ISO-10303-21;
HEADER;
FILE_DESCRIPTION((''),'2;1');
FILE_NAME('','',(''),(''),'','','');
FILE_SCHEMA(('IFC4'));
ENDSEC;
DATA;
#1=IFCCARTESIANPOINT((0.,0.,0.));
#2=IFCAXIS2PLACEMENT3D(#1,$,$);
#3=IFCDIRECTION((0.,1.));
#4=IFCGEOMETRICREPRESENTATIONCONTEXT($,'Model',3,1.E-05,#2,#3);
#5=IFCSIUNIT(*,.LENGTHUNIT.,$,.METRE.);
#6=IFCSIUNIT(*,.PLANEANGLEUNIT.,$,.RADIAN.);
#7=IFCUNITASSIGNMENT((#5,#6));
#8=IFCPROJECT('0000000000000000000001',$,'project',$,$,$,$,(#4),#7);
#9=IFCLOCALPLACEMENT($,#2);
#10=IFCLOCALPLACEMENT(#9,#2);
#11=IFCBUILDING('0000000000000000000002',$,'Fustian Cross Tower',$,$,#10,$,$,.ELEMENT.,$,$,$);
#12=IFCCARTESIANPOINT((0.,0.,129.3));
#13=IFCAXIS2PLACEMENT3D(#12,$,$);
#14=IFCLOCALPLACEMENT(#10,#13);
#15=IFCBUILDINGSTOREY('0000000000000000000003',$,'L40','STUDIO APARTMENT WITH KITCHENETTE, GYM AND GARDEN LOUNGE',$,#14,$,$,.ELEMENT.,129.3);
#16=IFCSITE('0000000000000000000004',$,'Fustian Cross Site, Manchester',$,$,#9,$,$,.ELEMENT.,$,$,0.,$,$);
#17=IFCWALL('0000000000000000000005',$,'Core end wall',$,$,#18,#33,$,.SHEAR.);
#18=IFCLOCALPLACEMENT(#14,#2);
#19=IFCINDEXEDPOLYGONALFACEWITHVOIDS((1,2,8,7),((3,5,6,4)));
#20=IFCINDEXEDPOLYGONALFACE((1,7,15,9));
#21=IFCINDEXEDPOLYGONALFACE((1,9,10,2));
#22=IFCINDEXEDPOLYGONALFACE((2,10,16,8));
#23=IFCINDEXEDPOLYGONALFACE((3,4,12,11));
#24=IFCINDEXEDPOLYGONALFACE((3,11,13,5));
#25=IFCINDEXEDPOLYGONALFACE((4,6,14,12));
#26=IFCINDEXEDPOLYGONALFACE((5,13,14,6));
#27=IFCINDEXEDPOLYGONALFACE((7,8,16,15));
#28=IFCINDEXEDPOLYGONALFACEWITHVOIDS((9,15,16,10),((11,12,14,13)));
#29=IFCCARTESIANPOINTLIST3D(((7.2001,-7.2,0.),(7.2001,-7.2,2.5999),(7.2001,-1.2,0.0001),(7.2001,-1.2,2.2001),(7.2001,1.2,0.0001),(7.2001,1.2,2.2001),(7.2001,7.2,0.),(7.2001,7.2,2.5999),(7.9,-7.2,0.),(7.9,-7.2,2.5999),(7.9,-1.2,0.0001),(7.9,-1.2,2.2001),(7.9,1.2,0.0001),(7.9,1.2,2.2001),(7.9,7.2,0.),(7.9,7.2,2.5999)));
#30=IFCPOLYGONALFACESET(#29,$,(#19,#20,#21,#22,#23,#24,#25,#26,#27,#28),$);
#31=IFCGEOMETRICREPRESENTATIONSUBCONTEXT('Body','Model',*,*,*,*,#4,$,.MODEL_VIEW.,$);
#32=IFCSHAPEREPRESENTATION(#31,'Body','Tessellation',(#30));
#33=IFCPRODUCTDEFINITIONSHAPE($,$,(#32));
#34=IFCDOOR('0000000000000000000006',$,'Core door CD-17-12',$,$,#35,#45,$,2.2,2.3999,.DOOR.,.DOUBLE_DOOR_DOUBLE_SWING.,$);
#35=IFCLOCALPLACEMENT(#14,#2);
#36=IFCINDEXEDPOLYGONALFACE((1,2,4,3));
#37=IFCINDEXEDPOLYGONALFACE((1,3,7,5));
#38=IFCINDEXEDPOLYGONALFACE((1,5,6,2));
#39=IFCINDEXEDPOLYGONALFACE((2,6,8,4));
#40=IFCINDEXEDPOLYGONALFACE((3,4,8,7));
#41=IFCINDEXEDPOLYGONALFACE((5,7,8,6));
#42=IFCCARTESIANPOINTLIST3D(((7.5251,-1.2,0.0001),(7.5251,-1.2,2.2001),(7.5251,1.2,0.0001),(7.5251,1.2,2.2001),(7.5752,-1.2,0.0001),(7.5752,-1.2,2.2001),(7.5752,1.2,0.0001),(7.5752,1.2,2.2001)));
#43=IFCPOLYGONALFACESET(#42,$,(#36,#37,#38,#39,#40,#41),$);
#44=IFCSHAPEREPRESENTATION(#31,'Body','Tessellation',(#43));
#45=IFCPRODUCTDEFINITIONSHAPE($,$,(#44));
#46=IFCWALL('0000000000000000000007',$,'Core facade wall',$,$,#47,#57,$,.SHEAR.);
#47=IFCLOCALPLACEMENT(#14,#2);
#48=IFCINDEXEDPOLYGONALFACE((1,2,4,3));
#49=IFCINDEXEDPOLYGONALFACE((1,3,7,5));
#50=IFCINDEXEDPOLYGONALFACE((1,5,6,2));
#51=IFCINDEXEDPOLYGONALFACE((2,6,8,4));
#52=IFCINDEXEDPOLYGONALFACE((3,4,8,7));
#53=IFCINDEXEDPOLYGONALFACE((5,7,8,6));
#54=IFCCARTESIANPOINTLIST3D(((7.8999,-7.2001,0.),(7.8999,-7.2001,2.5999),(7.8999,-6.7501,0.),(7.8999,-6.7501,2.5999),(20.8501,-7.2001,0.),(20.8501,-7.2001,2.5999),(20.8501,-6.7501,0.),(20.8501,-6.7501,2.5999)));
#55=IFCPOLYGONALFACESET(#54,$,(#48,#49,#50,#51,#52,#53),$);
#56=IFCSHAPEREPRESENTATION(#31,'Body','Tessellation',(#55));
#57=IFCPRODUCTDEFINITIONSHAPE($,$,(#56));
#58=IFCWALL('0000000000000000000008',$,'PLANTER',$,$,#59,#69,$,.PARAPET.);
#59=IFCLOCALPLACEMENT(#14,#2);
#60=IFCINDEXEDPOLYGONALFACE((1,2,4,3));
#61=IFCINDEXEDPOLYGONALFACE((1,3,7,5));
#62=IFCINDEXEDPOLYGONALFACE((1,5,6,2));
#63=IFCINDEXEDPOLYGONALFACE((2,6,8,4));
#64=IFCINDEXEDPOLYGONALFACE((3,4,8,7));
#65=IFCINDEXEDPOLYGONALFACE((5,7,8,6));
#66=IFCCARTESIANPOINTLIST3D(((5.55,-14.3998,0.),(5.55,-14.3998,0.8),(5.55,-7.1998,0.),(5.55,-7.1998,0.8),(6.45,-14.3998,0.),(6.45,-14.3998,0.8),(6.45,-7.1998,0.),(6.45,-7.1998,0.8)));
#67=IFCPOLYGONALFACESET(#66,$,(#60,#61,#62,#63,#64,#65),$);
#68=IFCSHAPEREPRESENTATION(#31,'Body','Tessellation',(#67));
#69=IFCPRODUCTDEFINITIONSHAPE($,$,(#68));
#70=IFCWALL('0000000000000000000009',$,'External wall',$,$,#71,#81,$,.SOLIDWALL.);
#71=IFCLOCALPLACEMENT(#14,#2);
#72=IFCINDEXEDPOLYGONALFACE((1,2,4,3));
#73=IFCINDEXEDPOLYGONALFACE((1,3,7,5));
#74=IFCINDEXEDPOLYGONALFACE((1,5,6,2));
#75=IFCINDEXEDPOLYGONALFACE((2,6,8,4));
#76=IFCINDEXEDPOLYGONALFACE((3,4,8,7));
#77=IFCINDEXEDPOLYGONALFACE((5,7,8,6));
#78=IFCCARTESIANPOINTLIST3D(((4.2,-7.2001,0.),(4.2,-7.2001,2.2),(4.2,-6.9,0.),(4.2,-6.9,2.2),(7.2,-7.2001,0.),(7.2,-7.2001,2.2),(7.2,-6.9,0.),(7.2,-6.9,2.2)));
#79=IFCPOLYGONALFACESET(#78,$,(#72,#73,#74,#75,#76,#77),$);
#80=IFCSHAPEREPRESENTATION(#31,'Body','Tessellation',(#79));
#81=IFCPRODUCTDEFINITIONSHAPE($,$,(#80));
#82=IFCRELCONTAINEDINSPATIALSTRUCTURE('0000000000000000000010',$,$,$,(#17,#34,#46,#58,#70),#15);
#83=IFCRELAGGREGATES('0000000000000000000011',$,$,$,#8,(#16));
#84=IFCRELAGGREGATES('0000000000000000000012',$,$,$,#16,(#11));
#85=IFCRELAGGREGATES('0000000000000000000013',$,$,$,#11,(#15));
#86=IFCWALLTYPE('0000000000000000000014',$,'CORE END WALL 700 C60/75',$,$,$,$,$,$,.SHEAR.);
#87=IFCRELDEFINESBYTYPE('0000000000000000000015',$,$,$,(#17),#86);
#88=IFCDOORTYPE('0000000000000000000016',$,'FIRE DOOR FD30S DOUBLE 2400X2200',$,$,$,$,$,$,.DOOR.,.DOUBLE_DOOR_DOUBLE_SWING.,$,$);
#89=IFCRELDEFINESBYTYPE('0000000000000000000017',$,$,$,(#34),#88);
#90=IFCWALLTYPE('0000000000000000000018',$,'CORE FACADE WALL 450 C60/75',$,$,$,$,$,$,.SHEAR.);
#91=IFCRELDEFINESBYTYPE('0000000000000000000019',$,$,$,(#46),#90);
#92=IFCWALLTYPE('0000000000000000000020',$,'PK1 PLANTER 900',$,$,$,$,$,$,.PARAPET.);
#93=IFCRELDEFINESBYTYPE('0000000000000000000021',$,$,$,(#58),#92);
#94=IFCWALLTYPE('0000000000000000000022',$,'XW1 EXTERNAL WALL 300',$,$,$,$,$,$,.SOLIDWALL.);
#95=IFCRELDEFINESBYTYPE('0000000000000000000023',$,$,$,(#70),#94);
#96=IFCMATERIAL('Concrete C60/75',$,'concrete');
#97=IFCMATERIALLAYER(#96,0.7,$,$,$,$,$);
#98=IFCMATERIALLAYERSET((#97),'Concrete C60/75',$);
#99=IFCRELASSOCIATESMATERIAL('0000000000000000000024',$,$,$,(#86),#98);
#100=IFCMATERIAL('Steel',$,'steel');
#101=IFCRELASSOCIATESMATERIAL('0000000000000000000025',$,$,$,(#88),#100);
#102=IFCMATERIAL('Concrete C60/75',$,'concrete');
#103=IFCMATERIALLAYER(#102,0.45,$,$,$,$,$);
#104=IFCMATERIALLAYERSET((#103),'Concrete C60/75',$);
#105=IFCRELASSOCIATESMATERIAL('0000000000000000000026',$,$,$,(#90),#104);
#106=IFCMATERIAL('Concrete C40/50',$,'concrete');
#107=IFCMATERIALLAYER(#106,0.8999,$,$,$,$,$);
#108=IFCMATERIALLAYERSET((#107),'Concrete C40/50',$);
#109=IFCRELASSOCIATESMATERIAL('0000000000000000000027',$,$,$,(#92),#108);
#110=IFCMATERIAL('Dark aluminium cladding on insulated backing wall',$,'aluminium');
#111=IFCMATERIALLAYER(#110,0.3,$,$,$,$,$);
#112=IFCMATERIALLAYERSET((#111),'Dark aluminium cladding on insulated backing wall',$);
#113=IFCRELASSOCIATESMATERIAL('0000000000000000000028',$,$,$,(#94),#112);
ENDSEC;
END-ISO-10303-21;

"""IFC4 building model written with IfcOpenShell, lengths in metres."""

from ifc_helpers import new_model, si_unit, direction, frame, frame_2d, origin, place, context, subcontext, project, spatial, rectangle, extrude, material, layer, layer_set, type_object, element, fill, save


model = new_model("IFC4")

# Units and contexts
model_context = context("Model", 3, precision=1e-05, world=origin(), true_north=direction((0.0, 1.0)))
body_context = subcontext(model_context, "Body", "Model", "MODEL_VIEW")
ifc_project = project(units=[si_unit("LENGTHUNIT", "METRE"), si_unit("PLANEANGLEUNIT", "RADIAN")], contexts=[model_context])

# Site, building, storey
site_placement = place(None, origin())
site = spatial("IfcSite", under=ifc_project, at=site_placement, Name="Fustian Cross Site, Manchester", CompositionType="ELEMENT", RefElevation=0.0)
building_placement = place(site_placement, origin())
building = spatial("IfcBuilding", under=site, at=building_placement, Name="Fustian Cross Tower", CompositionType="ELEMENT")
storey_placement = place(building_placement, frame((0.0, 0.0, 129.3)))
storey = spatial("IfcBuildingStorey", under=building, at=storey_placement, Name="L40", Description="STUDIO APARTMENT WITH KITCHENETTE, GYM AND GARDEN LOUNGE", CompositionType="ELEMENT", Elevation=129.3)

# Wall, opening, door
ifc_material_1 = material(Name="Concrete C60/75", Category="concrete")
ifc_layer_1 = layer(ifc_material_1, 0.7)
ifc_layer_set_1 = layer_set([ifc_layer_1], Name="Concrete C60/75")
wall_type_1 = type_object("IfcWallType", Name="CORE END WALL 700 C60/75", PredefinedType="SHEAR", material=ifc_layer_set_1)
wall_1_placement = place(storey_placement, frame((7.55, -7.2, 0.0), z_axis=(0.0, 0.0, 1.0), x_axis=(0.0, 1.0, 0.0)))
wall_1 = element("IfcWall", 1, at=wall_1_placement, inside=storey, type_object=wall_type_1, Name="Core end wall", PredefinedType="SHEAR", context=body_context, shape_type="SweptSolid", body=[
    extrude(rectangle(XDim=14.3999, YDim=0.7, at=frame_2d((7.2, 0.0))), origin(), (0.0, 0.0, 1.0), 2.5999),
])
opening_placement = place(wall_1_placement, frame((6.0, 0.0, 0.0)))
opening = element("IfcOpeningElement", 2, at=opening_placement, cuts=wall_1, PredefinedType="OPENING", context=body_context, shape_type="SweptSolid", body=[
    extrude(rectangle(XDim=2.3999, YDim=2.2, at=frame_2d((1.2, 1.1001))), frame((0.0, 0.3599, 0.0), z_axis=(0.0, -1.0, 0.0), x_axis=(1.0, 0.0, 0.0)), (0.0, 0.0, 1.0), 0.72),
])
ifc_material_2 = material(Name="Steel", Category="steel")
door_type = type_object("IfcDoorType", Name="FIRE DOOR FD30S DOUBLE 2400X2200", OperationType="DOUBLE_DOOR_DOUBLE_SWING", PredefinedType="DOOR", material=ifc_material_2)
door_placement = place(opening_placement, origin())
door = element("IfcDoor", 3, at=door_placement, inside=storey, type_object=door_type, Name="Core door CD-17-12", OperationType="DOUBLE_DOOR_DOUBLE_SWING", OverallHeight=2.2, OverallWidth=2.3999, PredefinedType="DOOR", context=body_context, shape_type="SweptSolid", body=[
    extrude(rectangle(XDim=2.3999, YDim=2.2, at=frame_2d((1.2, 1.1001))), frame((0.0, 0.0249, 0.0), z_axis=(0.0, -1.0, 0.0), x_axis=(1.0, 0.0, 0.0)), (0.0, 0.0, 1.0), 0.05),
])
fill(opening, door)

# Walls
ifc_material_3 = material(Name="Concrete C60/75", Category="concrete")
ifc_layer_2 = layer(ifc_material_3, 0.45)
ifc_layer_set_2 = layer_set([ifc_layer_2], Name="Concrete C60/75")
wall_type_2 = type_object("IfcWallType", Name="CORE FACADE WALL 450 C60/75", PredefinedType="SHEAR", material=ifc_layer_set_2)
wall_2_placement = place(storey_placement, frame((7.8999, -6.9751, 0.0), z_axis=(0.0, 0.0, 1.0), x_axis=(1.0, 0.0, 0.0)))
element("IfcWall", 4, at=wall_2_placement, inside=storey, type_object=wall_type_2, Name="Core facade wall", PredefinedType="SHEAR", context=body_context, shape_type="SweptSolid", body=[
    extrude(rectangle(XDim=12.9502, YDim=0.45, at=frame_2d((6.4751, 0.0))), origin(), (0.0, 0.0, 1.0), 2.5999),
])
ifc_material_4 = material(Name="Concrete C40/50", Category="concrete")
ifc_layer_3 = layer(ifc_material_4, 0.8999)
ifc_layer_set_3 = layer_set([ifc_layer_3], Name="Concrete C40/50")
wall_type_3 = type_object("IfcWallType", Name="PK1 PLANTER 900", PredefinedType="PARAPET", material=ifc_layer_set_3)
wall_3_placement = place(storey_placement, frame((6.0, -14.3999, 0.0), z_axis=(0.0, 0.0, 1.0), x_axis=(0.0, 1.0, 0.0)))
element("IfcWall", 5, at=wall_3_placement, inside=storey, type_object=wall_type_3, Name="PLANTER", PredefinedType="PARAPET", context=body_context, shape_type="SweptSolid", body=[
    extrude(rectangle(XDim=7.2, YDim=0.8999, at=frame_2d((3.6001, 0.0))), origin(), (0.0, 0.0, 1.0), 0.8),
])
ifc_material_5 = material(Name="Dark aluminium cladding on insulated backing wall", Category="aluminium")
ifc_layer_4 = layer(ifc_material_5, 0.3)
ifc_layer_set_4 = layer_set([ifc_layer_4], Name="Dark aluminium cladding on insulated backing wall")
wall_type_4 = type_object("IfcWallType", Name="XW1 EXTERNAL WALL 300", PredefinedType="SOLIDWALL", material=ifc_layer_set_4)
wall_4_placement = place(storey_placement, frame((4.2, -7.05, 0.0), z_axis=(0.0, 0.0, 1.0), x_axis=(1.0, 0.0, 0.0)))
element("IfcWall", 6, at=wall_4_placement, inside=storey, type_object=wall_type_4, Name="External wall", PredefinedType="SOLIDWALL", context=body_context, shape_type="SweptSolid", body=[
    extrude(rectangle(XDim=3.0, YDim=0.3, at=frame_2d((1.5, 0.0))), origin(), (0.0, 0.0, 1.0), 2.2),
])

save(model, "model.ifc")
